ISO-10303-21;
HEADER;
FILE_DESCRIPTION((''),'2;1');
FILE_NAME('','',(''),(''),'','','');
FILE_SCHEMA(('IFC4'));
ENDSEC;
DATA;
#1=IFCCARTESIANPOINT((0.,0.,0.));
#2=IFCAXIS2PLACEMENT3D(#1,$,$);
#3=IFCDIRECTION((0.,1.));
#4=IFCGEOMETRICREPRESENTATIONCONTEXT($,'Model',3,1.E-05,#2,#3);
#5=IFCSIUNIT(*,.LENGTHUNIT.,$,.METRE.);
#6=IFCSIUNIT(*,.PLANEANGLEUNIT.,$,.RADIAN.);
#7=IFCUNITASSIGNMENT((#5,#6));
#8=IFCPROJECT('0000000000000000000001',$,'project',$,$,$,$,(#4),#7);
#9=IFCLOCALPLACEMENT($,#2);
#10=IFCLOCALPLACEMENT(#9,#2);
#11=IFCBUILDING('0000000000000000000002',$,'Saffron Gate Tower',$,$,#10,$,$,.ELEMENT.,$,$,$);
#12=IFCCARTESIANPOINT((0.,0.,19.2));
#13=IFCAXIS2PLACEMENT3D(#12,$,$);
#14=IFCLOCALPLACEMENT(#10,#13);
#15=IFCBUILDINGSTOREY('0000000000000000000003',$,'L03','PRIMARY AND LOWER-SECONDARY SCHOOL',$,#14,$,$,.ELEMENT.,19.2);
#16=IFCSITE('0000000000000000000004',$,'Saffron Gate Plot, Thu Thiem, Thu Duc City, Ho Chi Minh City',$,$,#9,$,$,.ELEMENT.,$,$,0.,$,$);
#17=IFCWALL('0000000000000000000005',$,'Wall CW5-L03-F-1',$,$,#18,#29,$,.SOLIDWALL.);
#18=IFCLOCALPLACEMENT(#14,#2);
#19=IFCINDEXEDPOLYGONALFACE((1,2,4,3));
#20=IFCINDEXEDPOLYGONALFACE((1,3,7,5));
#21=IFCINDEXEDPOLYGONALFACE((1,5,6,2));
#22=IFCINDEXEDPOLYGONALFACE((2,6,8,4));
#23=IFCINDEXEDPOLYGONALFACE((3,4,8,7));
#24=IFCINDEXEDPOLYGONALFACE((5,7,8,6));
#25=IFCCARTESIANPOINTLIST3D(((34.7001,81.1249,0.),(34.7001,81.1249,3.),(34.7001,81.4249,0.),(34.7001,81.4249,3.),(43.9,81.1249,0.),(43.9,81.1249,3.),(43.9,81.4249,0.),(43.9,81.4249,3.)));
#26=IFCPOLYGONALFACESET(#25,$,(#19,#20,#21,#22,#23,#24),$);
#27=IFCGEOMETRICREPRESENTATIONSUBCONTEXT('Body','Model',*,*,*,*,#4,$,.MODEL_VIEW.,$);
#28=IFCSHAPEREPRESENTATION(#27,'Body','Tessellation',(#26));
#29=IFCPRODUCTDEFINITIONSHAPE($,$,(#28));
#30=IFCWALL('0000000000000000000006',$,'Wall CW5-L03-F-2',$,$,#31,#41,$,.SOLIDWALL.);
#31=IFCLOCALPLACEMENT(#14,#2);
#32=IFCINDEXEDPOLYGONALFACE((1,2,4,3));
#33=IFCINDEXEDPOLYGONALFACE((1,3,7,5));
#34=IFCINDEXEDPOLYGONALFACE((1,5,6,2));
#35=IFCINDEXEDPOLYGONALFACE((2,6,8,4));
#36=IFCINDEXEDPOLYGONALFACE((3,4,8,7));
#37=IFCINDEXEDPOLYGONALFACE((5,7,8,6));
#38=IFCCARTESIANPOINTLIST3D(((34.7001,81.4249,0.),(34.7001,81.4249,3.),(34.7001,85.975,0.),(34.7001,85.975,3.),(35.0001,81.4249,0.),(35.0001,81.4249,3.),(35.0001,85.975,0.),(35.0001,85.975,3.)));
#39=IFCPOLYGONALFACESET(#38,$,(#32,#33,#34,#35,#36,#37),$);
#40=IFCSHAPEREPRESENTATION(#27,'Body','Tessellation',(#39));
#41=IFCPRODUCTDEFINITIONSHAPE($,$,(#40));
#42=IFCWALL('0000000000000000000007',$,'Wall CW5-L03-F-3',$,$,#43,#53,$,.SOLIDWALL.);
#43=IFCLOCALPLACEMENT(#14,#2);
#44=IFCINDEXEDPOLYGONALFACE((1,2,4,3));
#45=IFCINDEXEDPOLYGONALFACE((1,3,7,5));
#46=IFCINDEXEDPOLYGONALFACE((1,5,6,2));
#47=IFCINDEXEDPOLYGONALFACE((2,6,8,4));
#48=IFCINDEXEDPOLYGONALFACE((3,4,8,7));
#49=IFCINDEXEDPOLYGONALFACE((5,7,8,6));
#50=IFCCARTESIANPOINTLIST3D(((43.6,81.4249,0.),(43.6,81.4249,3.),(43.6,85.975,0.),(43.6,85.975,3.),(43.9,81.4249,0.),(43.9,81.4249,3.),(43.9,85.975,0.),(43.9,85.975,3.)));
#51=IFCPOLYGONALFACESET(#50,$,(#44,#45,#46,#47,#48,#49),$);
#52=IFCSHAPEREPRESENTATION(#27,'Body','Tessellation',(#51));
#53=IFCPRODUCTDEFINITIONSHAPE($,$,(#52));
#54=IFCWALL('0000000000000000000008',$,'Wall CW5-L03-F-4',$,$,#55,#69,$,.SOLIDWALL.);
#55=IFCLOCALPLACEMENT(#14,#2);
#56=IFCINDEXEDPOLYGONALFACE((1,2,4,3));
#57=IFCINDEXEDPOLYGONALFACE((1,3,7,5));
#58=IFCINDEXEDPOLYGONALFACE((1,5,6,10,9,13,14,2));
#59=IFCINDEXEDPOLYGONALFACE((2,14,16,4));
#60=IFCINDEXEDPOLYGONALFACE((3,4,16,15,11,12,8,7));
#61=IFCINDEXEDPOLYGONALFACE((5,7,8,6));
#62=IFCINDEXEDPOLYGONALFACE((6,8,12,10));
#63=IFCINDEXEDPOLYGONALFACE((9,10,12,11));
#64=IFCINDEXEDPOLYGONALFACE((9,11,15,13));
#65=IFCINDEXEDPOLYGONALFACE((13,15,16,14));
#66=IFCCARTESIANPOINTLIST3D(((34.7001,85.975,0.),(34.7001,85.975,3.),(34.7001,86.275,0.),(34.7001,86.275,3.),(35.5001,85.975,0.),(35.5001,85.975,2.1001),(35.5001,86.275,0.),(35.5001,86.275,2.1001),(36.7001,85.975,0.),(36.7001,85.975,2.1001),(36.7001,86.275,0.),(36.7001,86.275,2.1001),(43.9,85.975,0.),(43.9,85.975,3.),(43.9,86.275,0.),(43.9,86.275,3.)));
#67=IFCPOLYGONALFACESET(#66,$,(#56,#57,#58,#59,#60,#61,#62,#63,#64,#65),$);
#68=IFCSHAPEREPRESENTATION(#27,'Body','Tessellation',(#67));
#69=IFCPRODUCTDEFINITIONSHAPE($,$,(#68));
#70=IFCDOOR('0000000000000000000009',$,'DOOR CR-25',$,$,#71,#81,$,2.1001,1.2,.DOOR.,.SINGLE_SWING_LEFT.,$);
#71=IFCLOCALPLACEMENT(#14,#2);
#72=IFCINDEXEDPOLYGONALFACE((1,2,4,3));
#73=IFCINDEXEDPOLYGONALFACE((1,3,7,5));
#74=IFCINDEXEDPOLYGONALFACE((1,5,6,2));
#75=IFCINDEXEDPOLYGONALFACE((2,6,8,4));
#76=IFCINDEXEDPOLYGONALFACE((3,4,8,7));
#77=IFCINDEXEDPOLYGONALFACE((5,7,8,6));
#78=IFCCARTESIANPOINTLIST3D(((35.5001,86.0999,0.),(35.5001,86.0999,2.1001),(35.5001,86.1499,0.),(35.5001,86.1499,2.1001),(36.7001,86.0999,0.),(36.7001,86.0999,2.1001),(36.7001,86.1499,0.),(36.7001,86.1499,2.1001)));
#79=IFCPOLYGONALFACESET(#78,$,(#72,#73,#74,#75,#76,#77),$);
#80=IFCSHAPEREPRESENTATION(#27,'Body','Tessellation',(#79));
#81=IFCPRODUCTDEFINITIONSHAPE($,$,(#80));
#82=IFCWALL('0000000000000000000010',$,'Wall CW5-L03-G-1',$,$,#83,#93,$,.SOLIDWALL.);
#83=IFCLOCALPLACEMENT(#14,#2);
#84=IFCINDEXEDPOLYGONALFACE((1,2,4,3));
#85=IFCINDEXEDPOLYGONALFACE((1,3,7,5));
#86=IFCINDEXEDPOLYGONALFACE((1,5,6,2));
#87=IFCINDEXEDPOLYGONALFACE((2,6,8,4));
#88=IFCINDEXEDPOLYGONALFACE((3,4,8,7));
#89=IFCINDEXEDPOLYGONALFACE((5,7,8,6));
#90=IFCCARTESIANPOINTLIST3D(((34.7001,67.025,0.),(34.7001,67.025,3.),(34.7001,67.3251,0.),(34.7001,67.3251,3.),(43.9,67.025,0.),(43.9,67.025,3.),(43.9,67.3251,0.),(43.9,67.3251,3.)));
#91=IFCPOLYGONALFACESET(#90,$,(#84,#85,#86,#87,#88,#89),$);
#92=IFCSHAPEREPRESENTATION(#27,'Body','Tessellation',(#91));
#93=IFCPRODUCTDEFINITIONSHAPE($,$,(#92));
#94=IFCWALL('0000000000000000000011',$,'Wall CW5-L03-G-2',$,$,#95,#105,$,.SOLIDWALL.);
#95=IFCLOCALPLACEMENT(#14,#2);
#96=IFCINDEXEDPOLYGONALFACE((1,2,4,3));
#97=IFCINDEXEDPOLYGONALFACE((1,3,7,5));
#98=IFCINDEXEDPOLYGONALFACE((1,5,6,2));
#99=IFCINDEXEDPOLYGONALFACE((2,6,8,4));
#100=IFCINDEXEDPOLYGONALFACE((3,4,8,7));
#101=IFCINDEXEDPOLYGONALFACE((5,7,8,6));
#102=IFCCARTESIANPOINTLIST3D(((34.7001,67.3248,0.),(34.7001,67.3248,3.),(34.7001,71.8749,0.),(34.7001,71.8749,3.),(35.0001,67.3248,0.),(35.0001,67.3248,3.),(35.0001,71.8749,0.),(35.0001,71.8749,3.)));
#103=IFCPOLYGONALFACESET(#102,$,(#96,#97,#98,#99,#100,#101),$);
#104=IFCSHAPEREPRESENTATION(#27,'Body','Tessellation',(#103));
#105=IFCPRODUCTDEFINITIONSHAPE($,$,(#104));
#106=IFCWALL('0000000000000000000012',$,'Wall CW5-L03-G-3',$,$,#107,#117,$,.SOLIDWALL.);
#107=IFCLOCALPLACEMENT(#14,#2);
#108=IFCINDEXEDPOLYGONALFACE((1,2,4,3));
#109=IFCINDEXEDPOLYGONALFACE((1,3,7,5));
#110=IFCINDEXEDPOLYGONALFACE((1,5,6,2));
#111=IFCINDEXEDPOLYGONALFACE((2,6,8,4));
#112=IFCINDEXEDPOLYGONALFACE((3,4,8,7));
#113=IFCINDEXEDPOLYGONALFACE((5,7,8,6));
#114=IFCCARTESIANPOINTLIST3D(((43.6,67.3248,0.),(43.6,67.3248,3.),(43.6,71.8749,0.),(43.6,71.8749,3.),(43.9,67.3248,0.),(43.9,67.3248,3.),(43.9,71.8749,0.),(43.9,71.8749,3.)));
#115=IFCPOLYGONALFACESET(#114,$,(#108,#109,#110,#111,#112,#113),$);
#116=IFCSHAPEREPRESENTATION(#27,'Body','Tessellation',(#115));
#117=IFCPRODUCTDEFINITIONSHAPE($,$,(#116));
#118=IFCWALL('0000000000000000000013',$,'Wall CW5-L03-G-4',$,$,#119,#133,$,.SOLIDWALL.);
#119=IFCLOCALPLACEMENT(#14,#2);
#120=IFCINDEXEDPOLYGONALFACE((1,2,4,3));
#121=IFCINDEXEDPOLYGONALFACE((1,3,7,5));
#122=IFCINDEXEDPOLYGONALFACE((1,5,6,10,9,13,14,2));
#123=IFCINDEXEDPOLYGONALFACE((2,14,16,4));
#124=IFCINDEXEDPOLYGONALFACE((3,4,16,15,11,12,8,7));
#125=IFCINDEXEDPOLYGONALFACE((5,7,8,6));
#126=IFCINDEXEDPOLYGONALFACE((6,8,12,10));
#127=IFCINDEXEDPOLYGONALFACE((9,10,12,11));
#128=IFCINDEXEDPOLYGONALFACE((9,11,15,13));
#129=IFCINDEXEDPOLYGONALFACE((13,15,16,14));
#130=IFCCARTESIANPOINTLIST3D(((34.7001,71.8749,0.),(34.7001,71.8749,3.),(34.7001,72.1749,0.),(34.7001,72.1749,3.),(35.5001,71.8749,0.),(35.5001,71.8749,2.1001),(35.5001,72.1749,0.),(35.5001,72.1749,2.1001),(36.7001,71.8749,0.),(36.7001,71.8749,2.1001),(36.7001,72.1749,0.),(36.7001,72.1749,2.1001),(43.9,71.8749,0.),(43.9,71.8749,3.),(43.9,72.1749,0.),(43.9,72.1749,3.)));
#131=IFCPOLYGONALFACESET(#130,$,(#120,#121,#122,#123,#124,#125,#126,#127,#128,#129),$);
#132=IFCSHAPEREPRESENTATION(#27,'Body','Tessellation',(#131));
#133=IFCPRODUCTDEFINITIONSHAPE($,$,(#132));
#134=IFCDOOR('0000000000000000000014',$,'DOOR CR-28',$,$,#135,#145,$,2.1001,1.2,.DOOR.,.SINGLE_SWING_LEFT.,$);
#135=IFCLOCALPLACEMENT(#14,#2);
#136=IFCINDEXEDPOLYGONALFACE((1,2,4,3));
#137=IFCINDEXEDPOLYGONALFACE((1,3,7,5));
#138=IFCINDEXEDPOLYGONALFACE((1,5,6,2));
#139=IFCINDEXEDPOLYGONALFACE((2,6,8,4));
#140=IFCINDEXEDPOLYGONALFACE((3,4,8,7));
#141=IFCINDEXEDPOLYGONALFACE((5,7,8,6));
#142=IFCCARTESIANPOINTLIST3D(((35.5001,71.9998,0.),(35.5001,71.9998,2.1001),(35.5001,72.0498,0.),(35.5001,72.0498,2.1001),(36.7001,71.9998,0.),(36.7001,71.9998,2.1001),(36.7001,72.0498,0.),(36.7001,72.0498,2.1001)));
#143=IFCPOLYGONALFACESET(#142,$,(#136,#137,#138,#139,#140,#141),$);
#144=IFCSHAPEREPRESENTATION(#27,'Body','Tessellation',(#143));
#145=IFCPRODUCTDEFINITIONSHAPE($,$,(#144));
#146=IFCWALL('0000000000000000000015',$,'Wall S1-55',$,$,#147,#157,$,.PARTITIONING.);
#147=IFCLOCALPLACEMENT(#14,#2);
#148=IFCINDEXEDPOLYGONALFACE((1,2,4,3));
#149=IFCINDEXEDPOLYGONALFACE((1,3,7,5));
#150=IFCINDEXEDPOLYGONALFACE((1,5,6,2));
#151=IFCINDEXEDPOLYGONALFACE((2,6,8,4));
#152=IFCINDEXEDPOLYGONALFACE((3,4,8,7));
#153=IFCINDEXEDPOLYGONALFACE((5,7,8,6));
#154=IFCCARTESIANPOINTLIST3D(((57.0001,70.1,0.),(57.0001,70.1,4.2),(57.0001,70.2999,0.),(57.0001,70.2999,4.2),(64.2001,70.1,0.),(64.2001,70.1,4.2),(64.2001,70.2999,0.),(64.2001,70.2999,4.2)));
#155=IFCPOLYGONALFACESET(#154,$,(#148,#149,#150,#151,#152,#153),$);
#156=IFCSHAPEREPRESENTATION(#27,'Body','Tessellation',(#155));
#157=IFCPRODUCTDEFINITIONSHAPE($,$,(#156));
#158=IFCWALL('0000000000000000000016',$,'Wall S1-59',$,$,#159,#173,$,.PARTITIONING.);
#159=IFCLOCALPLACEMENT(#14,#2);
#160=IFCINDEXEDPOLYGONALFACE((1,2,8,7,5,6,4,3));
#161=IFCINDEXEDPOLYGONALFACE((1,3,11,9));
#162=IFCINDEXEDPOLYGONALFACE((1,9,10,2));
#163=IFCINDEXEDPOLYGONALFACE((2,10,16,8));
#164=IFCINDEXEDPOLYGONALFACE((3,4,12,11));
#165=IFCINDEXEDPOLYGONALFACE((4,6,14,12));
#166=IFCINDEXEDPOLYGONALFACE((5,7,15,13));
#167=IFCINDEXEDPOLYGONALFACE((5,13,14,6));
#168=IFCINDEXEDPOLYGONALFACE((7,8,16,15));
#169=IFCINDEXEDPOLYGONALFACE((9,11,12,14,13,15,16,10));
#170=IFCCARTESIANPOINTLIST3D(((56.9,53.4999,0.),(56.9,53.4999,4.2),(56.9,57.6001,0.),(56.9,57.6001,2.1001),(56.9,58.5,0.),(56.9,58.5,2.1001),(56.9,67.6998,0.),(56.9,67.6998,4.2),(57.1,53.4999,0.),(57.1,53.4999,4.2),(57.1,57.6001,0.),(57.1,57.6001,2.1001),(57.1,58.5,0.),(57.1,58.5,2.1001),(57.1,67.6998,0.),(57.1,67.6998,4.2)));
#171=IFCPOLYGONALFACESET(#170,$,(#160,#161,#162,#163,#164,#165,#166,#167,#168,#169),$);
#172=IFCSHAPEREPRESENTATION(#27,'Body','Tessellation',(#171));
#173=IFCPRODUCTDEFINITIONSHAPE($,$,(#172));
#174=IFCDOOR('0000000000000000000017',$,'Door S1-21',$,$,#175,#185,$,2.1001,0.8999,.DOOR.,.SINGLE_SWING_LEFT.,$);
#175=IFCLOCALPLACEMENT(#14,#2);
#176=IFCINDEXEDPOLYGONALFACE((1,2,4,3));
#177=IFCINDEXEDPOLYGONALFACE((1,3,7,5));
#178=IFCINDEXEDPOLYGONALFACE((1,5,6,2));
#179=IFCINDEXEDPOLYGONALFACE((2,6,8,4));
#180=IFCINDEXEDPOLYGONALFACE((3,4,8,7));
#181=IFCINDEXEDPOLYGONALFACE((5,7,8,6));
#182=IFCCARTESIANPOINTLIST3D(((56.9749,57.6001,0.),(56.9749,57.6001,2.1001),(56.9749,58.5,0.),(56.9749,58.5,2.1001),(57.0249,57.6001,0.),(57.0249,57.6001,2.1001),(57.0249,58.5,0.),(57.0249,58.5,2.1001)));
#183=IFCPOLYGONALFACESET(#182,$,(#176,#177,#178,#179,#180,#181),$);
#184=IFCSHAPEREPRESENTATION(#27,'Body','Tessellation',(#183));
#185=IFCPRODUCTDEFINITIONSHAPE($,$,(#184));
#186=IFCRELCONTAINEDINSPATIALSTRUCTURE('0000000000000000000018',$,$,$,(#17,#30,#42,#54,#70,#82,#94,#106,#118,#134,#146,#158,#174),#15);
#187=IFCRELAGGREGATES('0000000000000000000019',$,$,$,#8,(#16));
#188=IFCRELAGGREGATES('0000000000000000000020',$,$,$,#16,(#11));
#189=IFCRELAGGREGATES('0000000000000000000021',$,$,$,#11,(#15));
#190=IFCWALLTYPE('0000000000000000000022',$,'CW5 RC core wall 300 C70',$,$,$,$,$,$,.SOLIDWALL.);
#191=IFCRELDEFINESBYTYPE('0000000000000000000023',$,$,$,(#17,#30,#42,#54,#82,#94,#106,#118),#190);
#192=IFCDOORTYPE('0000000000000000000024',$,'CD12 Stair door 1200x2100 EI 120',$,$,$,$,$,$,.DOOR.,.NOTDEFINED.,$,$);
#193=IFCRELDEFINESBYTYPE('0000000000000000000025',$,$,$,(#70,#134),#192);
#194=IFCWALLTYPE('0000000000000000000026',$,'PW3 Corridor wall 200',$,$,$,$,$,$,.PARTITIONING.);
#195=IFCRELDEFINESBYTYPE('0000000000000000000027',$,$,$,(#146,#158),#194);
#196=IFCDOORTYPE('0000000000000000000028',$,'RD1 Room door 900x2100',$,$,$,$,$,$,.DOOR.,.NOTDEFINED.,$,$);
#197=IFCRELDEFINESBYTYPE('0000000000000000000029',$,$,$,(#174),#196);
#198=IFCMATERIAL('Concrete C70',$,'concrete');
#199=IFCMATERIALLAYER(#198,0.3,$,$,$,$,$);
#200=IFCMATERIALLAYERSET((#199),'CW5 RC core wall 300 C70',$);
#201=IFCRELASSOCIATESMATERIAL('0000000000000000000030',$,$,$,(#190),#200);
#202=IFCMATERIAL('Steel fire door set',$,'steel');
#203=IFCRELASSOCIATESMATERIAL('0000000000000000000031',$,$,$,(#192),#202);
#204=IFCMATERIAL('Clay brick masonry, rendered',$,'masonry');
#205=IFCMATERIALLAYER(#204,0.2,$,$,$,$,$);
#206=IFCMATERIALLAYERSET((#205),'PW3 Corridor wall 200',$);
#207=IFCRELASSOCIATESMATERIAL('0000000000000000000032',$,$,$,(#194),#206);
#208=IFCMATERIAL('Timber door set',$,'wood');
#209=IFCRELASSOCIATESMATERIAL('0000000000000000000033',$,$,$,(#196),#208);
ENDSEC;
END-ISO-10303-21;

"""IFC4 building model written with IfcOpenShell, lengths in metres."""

from ifc_helpers import new_model, si_unit, direction, frame, frame_2d, origin, place, context, subcontext, project, spatial, rectangle, extrude, material, layer, layer_set, type_object, element, fill, save


model = new_model("IFC4")

# Units and contexts
model_context = context("Model", 3, precision=1e-05, world=origin(), true_north=direction((0.0, 1.0)))
body_context = subcontext(model_context, "Body", "Model", "MODEL_VIEW")
ifc_project = project(units=[si_unit("LENGTHUNIT", "METRE"), si_unit("PLANEANGLEUNIT", "RADIAN")], contexts=[model_context])

# Site, building, storey
site_placement = place(None, origin())
site = spatial("IfcSite", under=ifc_project, at=site_placement, Name="Saffron Gate Plot, Thu Thiem, Thu Duc City, Ho Chi Minh City", CompositionType="ELEMENT", RefElevation=0.0)
building_placement = place(site_placement, origin())
building = spatial("IfcBuilding", under=site, at=building_placement, Name="Saffron Gate Tower", CompositionType="ELEMENT")
storey_placement = place(building_placement, frame((0.0, 0.0, 19.2)))
storey = spatial("IfcBuildingStorey", under=building, at=storey_placement, Name="L03", Description="PRIMARY AND LOWER-SECONDARY SCHOOL", CompositionType="ELEMENT", Elevation=19.2)

# Walls
ifc_material_1 = material(Name="Concrete C70", Category="concrete")
ifc_layer_1 = layer(ifc_material_1, 0.3)
ifc_layer_set_1 = layer_set([ifc_layer_1], Name="CW5 RC core wall 300 C70")
wall_type_1 = type_object("IfcWallType", Name="CW5 RC core wall 300 C70", PredefinedType="SOLIDWALL", material=ifc_layer_set_1)
wall_1_placement = place(storey_placement, frame((34.7, 81.2749, 0.0), z_axis=(0.0, 0.0, 1.0), x_axis=(1.0, 0.0, 0.0)))
element("IfcWall", 1, at=wall_1_placement, inside=storey, type_object=wall_type_1, Name="Wall CW5-L03-F-1", PredefinedType="SOLIDWALL", context=body_context, shape_type="SweptSolid", body=[
    extrude(rectangle(XDim=9.2, YDim=0.3, at=frame_2d((4.6001, 0.0))), origin(), (0.0, 0.0, 1.0), 3.0),
])
for number, where, z_axis, x_axis, name in (
    (2, (34.8501, 81.425, 0.0), (0.0, 0.0, 1.0), (0.0, 1.0, 0.0), "Wall CW5-L03-F-2"),
    (3, (43.75, 81.425, 0.0), (0.0, 0.0, 1.0), (0.0, 1.0, 0.0), "Wall CW5-L03-F-3"),
):
    element("IfcWall", number, at=place(storey_placement, frame(where, z_axis=z_axis, x_axis=x_axis)), inside=storey, type_object=wall_type_1, Name=name, PredefinedType="SOLIDWALL", context=body_context, shape_type="SweptSolid", body=[
        extrude(rectangle(XDim=4.55, YDim=0.3, at=frame_2d((2.2749, 0.0))), origin(), (0.0, 0.0, 1.0), 3.0),
    ])

# Wall, opening, door
wall_2_placement = place(storey_placement, frame((34.7, 86.125, 0.0), z_axis=(0.0, 0.0, 1.0), x_axis=(1.0, 0.0, 0.0)))
wall_2 = element("IfcWall", 4, at=wall_2_placement, inside=storey, type_object=wall_type_1, Name="Wall CW5-L03-F-4", PredefinedType="SOLIDWALL", context=body_context, shape_type="SweptSolid", body=[
    extrude(rectangle(XDim=9.2, YDim=0.3, at=frame_2d((4.6001, 0.0))), origin(), (0.0, 0.0, 1.0), 3.0),
])
opening_1_placement = place(wall_2_placement, frame((0.8, 0.0, 0.0)))
opening_1 = element("IfcOpeningElement", 5, at=opening_1_placement, cuts=wall_2, PredefinedType="OPENING", context=body_context, shape_type="SweptSolid", body=[
    extrude(rectangle(XDim=1.2, YDim=2.1001, at=frame_2d((0.6001, 1.05))), frame((0.0, 0.1602, 0.0), z_axis=(0.0, -1.0, 0.0), x_axis=(1.0, 0.0, 0.0)), (0.0, 0.0, 1.0), 0.3201),
])
ifc_material_2 = material(Name="Steel fire door set", Category="steel")
door_type_1 = type_object("IfcDoorType", Name="CD12 Stair door 1200x2100 EI 120", OperationType="NOTDEFINED", PredefinedType="DOOR", material=ifc_material_2)
door_1_placement = place(opening_1_placement, origin())
door_1 = element("IfcDoor", 6, at=door_1_placement, inside=storey, type_object=door_type_1, Name="DOOR CR-25", OperationType="SINGLE_SWING_LEFT", OverallHeight=2.1001, OverallWidth=1.2, PredefinedType="DOOR", context=body_context, shape_type="SweptSolid", body=[
    extrude(rectangle(XDim=1.2, YDim=2.1001, at=frame_2d((0.6001, 1.05))), frame((0.0, 0.0249, 0.0), z_axis=(0.0, -1.0, 0.0), x_axis=(1.0, 0.0, 0.0)), (0.0, 0.0, 1.0), 0.05),
])
fill(opening_1, door_1)

# Walls
wall_3_placement = place(storey_placement, frame((34.7, 67.175, 0.0), z_axis=(0.0, 0.0, 1.0), x_axis=(1.0, 0.0, 0.0)))
element("IfcWall", 7, at=wall_3_placement, inside=storey, type_object=wall_type_1, Name="Wall CW5-L03-G-1", PredefinedType="SOLIDWALL", context=body_context, shape_type="SweptSolid", body=[
    extrude(rectangle(XDim=9.2, YDim=0.3, at=frame_2d((4.6001, 0.0))), origin(), (0.0, 0.0, 1.0), 3.0),
])
for number, where, z_axis, x_axis, name in (
    (8, (34.8501, 67.325, 0.0), (0.0, 0.0, 1.0), (0.0, 1.0, 0.0), "Wall CW5-L03-G-2"),
    (9, (43.75, 67.325, 0.0), (0.0, 0.0, 1.0), (0.0, 1.0, 0.0), "Wall CW5-L03-G-3"),
):
    element("IfcWall", number, at=place(storey_placement, frame(where, z_axis=z_axis, x_axis=x_axis)), inside=storey, type_object=wall_type_1, Name=name, PredefinedType="SOLIDWALL", context=body_context, shape_type="SweptSolid", body=[
        extrude(rectangle(XDim=4.55, YDim=0.3, at=frame_2d((2.2749, 0.0))), origin(), (0.0, 0.0, 1.0), 3.0),
    ])

# Wall, opening, door
wall_4_placement = place(storey_placement, frame((34.7, 72.0249, 0.0), z_axis=(0.0, 0.0, 1.0), x_axis=(1.0, 0.0, 0.0)))
wall_4 = element("IfcWall", 10, at=wall_4_placement, inside=storey, type_object=wall_type_1, Name="Wall CW5-L03-G-4", PredefinedType="SOLIDWALL", context=body_context, shape_type="SweptSolid", body=[
    extrude(rectangle(XDim=9.2, YDim=0.3, at=frame_2d((4.6001, 0.0))), origin(), (0.0, 0.0, 1.0), 3.0),
])
opening_2_placement = place(wall_4_placement, frame((0.8, 0.0, 0.0)))
opening_2 = element("IfcOpeningElement", 11, at=opening_2_placement, cuts=wall_4, PredefinedType="OPENING", context=body_context, shape_type="SweptSolid", body=[
    extrude(rectangle(XDim=1.2, YDim=2.1001, at=frame_2d((0.6001, 1.05))), frame((0.0, 0.1602, 0.0), z_axis=(0.0, -1.0, 0.0), x_axis=(1.0, 0.0, 0.0)), (0.0, 0.0, 1.0), 0.3201),
])
door_2_placement = place(opening_2_placement, origin())
door_2 = element("IfcDoor", 12, at=door_2_placement, inside=storey, type_object=door_type_1, Name="DOOR CR-28", OperationType="SINGLE_SWING_LEFT", OverallHeight=2.1001, OverallWidth=1.2, PredefinedType="DOOR", context=body_context, shape_type="SweptSolid", body=[
    extrude(rectangle(XDim=1.2, YDim=2.1001, at=frame_2d((0.6001, 1.05))), frame((0.0, 0.0249, 0.0), z_axis=(0.0, -1.0, 0.0), x_axis=(1.0, 0.0, 0.0)), (0.0, 0.0, 1.0), 0.05),
])
fill(opening_2, door_2)

# Wall
ifc_material_3 = material(Name="Clay brick masonry, rendered", Category="masonry")
ifc_layer_2 = layer(ifc_material_3, 0.2)
ifc_layer_set_2 = layer_set([ifc_layer_2], Name="PW3 Corridor wall 200")
wall_type_2 = type_object("IfcWallType", Name="PW3 Corridor wall 200", PredefinedType="PARTITIONING", material=ifc_layer_set_2)
wall_5_placement = place(storey_placement, frame((57.0, 70.2, 0.0), z_axis=(0.0, 0.0, 1.0), x_axis=(1.0, 0.0, 0.0)))
element("IfcWall", 13, at=wall_5_placement, inside=storey, type_object=wall_type_2, Name="Wall S1-55", PredefinedType="PARTITIONING", context=body_context, shape_type="SweptSolid", body=[
    extrude(rectangle(XDim=7.2, YDim=0.2, at=frame_2d((3.6001, 0.0))), origin(), (0.0, 0.0, 1.0), 4.2),
])

# Wall, opening, door
wall_6_placement = place(storey_placement, frame((57.0, 67.7, 0.0), z_axis=(0.0, 0.0, 1.0), x_axis=(0.0, -1.0, 0.0)))
wall_6 = element("IfcWall", 14, at=wall_6_placement, inside=storey, type_object=wall_type_2, Name="Wall S1-59", PredefinedType="PARTITIONING", context=body_context, shape_type="SweptSolid", body=[
    extrude(rectangle(XDim=14.2, YDim=0.2, at=frame_2d((7.1001, 0.0))), origin(), (0.0, 0.0, 1.0), 4.2),
])
opening_3_placement = place(wall_6_placement, frame((9.2, 0.0, 0.0)))
opening_3 = element("IfcOpeningElement", 15, at=opening_3_placement, cuts=wall_6, PredefinedType="OPENING", context=body_context, shape_type="SweptSolid", body=[
    extrude(rectangle(XDim=0.8999, YDim=2.1001, at=frame_2d((0.45, 1.05))), frame((0.0, 0.1099, 0.0), z_axis=(0.0, -1.0, 0.0), x_axis=(1.0, 0.0, 0.0)), (0.0, 0.0, 1.0), 0.22),
])
ifc_material_4 = material(Name="Timber door set", Category="wood")
door_type_2 = type_object("IfcDoorType", Name="RD1 Room door 900x2100", OperationType="NOTDEFINED", PredefinedType="DOOR", material=ifc_material_4)
door_3_placement = place(opening_3_placement, origin())
door_3 = element("IfcDoor", 16, at=door_3_placement, inside=storey, type_object=door_type_2, Name="Door S1-21", OperationType="SINGLE_SWING_LEFT", OverallHeight=2.1001, OverallWidth=0.8999, PredefinedType="DOOR", context=body_context, shape_type="SweptSolid", body=[
    extrude(rectangle(XDim=0.8999, YDim=2.1001, at=frame_2d((0.45, 1.05))), frame((0.0, 0.0249, 0.0), z_axis=(0.0, -1.0, 0.0), x_axis=(1.0, 0.0, 0.0)), (0.0, 0.0, 1.0), 0.05),
])
fill(opening_3, door_3)

save(model, "model.ifc")
